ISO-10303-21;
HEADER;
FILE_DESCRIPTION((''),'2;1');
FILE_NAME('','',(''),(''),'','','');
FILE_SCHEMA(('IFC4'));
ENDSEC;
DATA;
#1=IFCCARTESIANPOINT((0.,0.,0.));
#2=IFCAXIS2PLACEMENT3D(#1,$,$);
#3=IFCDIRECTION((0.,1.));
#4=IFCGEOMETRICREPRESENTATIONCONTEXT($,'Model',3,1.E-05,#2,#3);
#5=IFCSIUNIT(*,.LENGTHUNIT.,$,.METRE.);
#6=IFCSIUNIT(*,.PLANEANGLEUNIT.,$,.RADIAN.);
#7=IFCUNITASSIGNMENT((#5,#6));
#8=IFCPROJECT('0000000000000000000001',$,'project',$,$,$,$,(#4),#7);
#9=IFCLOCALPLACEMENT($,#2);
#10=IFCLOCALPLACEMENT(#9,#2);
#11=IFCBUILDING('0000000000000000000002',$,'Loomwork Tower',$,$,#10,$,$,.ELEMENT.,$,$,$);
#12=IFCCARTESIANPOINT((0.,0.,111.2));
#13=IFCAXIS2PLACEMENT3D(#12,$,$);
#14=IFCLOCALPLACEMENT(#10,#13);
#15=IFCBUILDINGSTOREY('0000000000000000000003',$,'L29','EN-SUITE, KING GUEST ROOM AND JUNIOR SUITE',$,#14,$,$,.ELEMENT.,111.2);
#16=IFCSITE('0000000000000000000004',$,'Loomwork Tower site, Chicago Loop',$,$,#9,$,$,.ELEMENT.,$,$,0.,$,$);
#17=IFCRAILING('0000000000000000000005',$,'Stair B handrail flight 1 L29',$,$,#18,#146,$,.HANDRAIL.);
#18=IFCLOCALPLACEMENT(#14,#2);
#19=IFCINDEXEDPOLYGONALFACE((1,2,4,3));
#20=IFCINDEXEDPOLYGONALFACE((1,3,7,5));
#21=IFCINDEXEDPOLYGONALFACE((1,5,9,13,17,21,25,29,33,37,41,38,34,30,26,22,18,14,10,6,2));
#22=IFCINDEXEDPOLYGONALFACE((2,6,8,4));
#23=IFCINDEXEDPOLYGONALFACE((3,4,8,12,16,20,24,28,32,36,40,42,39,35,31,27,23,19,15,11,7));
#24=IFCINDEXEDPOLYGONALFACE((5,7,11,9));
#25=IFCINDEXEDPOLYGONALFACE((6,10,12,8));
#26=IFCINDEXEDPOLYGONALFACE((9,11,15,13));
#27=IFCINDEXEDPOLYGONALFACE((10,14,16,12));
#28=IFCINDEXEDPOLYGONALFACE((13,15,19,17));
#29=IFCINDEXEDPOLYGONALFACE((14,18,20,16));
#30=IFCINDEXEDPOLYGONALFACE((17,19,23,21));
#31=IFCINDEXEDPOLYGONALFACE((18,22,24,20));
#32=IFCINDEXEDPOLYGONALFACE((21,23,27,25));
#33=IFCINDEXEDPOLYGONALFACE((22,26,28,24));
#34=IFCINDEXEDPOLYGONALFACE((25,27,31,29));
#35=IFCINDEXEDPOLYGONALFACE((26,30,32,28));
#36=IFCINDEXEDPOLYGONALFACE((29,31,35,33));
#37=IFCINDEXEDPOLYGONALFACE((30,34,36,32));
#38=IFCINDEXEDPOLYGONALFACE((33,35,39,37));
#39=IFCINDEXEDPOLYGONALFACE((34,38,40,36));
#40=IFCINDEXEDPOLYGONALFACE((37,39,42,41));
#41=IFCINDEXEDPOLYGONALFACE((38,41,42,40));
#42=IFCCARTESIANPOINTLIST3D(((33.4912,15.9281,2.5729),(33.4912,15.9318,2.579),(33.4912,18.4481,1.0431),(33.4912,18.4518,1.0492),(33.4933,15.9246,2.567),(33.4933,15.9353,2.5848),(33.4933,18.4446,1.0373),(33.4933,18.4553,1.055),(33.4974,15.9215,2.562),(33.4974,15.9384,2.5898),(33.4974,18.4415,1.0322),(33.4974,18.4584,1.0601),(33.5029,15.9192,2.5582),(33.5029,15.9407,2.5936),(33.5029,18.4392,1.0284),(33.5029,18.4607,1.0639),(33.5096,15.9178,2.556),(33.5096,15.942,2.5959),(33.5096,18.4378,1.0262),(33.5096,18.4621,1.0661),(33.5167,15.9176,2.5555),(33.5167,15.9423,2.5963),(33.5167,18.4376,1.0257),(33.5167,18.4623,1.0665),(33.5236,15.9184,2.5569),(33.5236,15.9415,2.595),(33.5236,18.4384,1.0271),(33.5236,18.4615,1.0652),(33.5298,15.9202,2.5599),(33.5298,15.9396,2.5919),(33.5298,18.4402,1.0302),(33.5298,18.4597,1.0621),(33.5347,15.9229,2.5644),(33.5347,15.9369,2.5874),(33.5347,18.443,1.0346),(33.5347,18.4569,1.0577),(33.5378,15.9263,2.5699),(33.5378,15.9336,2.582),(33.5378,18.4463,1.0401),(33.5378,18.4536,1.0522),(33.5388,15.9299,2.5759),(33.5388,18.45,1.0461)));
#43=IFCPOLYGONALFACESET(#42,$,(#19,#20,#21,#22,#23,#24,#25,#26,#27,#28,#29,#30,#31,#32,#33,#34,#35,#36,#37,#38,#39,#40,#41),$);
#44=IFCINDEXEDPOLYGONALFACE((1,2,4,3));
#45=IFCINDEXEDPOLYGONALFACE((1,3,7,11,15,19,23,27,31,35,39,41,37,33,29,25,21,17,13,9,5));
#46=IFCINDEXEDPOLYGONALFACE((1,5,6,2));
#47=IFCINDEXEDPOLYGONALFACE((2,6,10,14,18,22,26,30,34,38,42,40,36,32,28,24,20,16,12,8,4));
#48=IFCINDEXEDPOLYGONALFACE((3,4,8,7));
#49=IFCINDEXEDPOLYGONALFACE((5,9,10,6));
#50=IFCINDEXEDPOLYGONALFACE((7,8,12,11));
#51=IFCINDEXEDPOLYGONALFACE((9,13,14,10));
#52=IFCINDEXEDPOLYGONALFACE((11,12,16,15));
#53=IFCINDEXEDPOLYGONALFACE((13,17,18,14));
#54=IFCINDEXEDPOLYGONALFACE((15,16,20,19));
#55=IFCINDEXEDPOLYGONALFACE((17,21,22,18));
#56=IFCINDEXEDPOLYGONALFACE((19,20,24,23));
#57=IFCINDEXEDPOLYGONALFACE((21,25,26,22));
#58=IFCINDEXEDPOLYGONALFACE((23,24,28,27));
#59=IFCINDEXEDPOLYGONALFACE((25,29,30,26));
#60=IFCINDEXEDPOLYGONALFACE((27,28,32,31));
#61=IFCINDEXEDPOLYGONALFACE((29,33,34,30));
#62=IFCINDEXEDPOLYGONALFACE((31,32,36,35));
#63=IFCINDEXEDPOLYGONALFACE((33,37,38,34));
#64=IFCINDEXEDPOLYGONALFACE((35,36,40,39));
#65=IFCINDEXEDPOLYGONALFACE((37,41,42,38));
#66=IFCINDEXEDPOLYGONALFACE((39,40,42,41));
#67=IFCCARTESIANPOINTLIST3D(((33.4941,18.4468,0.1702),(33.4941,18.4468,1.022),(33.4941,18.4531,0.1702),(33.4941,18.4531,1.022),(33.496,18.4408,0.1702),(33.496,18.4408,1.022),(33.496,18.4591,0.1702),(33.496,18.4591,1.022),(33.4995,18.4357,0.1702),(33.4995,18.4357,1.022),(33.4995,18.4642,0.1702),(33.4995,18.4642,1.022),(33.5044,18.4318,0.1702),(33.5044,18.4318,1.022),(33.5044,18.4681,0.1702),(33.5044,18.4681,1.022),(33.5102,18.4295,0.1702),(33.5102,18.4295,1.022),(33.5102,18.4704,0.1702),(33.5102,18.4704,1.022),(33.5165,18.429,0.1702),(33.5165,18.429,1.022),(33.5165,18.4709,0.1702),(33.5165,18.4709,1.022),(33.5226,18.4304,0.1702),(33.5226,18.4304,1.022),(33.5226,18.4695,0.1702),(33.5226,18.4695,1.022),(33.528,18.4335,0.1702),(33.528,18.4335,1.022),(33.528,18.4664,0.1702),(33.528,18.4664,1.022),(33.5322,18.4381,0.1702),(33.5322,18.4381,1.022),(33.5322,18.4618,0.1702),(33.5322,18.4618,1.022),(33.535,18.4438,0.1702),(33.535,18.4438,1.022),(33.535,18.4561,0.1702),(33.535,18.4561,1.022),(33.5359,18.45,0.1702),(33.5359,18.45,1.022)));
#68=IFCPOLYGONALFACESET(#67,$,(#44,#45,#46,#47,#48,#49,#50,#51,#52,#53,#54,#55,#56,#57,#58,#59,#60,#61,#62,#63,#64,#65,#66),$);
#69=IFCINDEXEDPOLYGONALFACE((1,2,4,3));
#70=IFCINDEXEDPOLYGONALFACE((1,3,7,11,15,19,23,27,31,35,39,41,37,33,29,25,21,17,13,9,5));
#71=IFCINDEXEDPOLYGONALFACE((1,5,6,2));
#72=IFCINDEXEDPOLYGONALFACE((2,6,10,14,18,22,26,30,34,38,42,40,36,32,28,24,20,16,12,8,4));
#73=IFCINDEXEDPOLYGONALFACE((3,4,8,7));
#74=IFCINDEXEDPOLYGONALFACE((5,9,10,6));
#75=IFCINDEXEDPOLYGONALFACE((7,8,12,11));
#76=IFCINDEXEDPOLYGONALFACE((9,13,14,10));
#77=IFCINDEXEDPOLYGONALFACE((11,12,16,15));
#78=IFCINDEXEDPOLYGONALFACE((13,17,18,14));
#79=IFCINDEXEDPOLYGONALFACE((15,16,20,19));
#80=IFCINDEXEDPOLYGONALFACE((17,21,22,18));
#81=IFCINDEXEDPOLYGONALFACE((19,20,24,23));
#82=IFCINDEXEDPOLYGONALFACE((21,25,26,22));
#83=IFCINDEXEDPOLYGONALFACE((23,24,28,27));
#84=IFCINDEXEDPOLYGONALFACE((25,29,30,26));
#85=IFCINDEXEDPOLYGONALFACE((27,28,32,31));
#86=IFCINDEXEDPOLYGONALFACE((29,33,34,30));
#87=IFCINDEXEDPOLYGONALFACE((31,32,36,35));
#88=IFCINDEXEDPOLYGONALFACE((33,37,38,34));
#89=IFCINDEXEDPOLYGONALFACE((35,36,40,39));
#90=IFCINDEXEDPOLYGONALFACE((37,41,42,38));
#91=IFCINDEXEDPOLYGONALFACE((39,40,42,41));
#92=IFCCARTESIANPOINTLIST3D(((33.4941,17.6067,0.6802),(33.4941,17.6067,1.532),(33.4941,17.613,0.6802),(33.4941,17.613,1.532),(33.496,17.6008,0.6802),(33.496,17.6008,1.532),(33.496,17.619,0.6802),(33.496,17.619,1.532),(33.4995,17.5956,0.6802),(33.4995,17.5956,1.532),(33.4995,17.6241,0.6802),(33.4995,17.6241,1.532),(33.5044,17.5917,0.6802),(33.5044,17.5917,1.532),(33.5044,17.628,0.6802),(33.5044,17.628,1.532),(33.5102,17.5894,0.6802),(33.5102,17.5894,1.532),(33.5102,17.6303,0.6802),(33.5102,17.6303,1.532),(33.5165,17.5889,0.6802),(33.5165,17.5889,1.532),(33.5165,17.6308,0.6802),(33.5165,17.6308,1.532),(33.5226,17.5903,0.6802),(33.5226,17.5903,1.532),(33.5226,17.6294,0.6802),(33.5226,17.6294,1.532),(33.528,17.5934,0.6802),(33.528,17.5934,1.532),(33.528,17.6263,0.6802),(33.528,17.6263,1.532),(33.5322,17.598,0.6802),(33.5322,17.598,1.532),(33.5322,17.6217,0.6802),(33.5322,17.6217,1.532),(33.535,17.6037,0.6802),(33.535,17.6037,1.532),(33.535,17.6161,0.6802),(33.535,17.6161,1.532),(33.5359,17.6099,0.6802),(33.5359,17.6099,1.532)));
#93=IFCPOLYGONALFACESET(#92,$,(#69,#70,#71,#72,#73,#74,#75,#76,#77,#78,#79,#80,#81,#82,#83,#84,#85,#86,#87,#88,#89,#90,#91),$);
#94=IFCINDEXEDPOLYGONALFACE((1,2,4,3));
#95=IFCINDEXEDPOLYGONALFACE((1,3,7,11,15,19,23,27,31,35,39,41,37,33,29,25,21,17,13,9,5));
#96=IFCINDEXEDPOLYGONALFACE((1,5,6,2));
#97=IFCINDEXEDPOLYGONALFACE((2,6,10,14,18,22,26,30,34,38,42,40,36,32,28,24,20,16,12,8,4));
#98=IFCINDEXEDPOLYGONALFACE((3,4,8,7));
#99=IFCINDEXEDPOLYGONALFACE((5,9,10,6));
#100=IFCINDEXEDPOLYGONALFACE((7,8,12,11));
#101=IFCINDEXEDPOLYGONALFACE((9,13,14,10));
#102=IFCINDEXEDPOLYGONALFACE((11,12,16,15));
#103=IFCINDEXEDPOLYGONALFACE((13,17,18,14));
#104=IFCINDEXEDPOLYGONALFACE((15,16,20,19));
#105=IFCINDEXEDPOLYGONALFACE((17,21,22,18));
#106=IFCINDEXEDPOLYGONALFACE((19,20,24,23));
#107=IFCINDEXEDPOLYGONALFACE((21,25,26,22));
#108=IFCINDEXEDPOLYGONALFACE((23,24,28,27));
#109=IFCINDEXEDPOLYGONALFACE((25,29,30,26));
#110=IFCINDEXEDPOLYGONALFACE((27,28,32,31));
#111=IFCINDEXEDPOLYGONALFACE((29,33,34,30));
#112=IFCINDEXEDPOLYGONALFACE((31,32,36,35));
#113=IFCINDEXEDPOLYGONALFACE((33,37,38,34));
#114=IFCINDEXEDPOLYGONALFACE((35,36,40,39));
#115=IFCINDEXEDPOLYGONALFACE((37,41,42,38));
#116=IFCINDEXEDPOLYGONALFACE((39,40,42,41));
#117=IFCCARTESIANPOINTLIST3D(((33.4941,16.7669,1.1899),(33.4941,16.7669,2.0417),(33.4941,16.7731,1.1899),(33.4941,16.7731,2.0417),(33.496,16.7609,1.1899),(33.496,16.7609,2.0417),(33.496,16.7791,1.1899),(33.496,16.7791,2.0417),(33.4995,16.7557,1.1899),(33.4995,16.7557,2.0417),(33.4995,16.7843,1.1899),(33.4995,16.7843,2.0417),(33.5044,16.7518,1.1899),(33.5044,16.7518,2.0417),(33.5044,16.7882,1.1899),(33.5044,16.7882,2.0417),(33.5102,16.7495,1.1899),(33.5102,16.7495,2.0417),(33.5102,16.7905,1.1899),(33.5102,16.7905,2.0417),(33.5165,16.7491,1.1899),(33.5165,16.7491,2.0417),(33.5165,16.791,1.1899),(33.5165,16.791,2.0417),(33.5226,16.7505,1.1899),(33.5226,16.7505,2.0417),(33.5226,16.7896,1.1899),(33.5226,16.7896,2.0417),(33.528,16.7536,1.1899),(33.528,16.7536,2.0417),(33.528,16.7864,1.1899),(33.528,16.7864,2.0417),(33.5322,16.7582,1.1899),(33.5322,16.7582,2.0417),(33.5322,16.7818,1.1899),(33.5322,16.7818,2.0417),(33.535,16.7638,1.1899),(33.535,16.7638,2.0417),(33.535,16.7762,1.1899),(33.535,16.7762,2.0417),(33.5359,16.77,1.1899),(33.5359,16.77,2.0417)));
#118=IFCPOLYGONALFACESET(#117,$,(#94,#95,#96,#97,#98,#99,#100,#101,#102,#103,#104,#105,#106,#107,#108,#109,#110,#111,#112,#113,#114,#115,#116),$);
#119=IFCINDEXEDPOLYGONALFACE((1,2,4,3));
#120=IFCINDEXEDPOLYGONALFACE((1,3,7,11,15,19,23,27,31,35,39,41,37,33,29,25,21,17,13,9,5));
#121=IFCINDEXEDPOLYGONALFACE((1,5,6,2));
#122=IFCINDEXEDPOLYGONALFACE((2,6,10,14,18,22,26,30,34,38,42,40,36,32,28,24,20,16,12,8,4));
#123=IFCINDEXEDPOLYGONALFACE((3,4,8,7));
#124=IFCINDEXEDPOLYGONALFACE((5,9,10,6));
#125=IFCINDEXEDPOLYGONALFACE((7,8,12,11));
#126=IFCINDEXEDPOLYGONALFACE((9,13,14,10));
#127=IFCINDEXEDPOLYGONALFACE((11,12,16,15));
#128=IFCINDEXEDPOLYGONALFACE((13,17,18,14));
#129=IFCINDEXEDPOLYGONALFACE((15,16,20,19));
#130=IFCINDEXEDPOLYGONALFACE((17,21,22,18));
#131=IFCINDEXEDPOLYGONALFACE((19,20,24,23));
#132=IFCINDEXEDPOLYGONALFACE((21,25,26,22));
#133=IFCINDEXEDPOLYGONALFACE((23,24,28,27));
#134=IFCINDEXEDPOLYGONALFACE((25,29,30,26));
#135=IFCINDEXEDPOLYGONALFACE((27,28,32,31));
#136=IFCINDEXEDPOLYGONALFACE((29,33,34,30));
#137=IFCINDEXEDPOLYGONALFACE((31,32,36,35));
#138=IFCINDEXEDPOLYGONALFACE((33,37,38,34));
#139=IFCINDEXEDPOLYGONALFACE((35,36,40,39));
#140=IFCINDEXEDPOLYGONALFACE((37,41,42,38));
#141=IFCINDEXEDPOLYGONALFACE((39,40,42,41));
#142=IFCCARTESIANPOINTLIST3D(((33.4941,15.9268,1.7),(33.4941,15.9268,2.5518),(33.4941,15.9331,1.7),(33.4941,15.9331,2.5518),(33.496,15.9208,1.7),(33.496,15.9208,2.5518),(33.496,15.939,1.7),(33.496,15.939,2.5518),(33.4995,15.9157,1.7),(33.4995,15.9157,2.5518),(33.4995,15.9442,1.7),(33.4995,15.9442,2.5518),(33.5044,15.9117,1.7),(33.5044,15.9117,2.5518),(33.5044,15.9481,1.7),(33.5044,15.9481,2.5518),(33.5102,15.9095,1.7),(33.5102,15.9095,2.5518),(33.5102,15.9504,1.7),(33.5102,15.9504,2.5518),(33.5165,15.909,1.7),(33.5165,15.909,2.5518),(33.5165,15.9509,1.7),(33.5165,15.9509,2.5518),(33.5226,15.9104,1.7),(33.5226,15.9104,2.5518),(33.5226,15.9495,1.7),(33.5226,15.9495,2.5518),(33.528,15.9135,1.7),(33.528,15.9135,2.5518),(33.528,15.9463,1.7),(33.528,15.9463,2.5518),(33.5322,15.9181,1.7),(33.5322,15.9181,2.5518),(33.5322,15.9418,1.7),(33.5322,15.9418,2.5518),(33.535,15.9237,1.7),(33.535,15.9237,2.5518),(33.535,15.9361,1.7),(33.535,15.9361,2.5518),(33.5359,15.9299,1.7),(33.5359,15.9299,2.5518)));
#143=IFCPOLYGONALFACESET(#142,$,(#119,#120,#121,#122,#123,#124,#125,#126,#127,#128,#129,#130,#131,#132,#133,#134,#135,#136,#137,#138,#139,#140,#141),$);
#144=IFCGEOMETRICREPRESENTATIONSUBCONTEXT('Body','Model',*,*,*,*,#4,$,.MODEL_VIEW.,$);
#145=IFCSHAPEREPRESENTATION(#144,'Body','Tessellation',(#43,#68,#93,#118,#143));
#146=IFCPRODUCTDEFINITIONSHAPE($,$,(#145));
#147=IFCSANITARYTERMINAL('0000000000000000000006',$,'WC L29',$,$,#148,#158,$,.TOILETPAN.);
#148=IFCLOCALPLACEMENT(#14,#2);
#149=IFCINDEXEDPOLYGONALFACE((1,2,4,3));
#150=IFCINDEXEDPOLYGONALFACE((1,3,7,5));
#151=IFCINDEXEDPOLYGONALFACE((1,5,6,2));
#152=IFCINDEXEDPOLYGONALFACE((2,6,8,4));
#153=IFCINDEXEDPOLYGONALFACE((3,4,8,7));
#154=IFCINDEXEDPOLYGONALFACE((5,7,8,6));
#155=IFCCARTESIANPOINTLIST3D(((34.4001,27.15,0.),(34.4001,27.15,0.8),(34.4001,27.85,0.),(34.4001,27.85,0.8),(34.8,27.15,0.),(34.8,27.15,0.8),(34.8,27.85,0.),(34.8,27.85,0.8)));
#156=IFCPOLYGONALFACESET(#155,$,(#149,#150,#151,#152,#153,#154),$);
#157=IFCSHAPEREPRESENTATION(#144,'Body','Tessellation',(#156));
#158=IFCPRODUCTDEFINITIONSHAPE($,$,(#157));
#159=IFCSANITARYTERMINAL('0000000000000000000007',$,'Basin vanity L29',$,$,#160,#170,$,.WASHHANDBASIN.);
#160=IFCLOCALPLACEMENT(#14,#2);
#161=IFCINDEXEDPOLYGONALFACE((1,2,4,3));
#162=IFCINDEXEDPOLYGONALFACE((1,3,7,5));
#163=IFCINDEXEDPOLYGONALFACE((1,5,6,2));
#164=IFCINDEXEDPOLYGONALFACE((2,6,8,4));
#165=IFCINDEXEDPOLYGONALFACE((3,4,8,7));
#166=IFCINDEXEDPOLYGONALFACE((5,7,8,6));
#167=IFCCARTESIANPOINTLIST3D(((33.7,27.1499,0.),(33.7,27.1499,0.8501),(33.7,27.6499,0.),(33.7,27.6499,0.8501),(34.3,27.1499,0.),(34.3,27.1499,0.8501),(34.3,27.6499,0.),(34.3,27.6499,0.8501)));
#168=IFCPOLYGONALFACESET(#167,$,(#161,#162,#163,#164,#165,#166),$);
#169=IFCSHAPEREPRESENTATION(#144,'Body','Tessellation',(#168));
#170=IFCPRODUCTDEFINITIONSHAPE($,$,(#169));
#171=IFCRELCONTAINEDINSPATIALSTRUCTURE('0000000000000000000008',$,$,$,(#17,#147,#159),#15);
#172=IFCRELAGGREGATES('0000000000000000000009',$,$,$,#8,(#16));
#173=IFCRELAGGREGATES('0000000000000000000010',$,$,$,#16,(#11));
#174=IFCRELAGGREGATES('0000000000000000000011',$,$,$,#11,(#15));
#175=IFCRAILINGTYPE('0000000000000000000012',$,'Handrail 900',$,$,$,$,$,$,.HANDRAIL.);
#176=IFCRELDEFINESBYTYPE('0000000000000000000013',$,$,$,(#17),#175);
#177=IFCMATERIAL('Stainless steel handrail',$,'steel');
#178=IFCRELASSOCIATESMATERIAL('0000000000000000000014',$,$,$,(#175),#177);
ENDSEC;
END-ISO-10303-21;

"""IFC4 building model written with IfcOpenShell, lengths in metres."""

from ifc_helpers import new_model, si_unit, direction, frame, origin, origin_2d, place, context, subcontext, project, spatial, rectangle, circle, extrude, material, type_object, element, save


model = new_model("IFC4")

# Units and contexts
model_context = context("Model", 3, precision=1e-05, world=origin(), true_north=direction((0.0, 1.0)))
body_context = subcontext(model_context, "Body", "Model", "MODEL_VIEW")
ifc_project = project(units=[si_unit("LENGTHUNIT", "METRE"), si_unit("PLANEANGLEUNIT", "RADIAN")], contexts=[model_context])

# Site, building, storey
site_placement = place(None, origin())
site = spatial("IfcSite", under=ifc_project, at=site_placement, Name="Loomwork Tower site, Chicago Loop", CompositionType="ELEMENT", RefElevation=0.0)
building_placement = place(site_placement, origin())
building = spatial("IfcBuilding", under=site, at=building_placement, Name="Loomwork Tower", CompositionType="ELEMENT")
storey_placement = place(building_placement, frame((0.0, 0.0, 111.2)))
storey = spatial("IfcBuildingStorey", under=building, at=storey_placement, Name="L29", Description="EN-SUITE, KING GUEST ROOM AND JUNIOR SUITE", CompositionType="ELEMENT", Elevation=111.2)

# Railing
ifc_material_1 = material(Name="Stainless steel handrail", Category="steel")
railing_type = type_object("IfcRailingType", Name="Handrail 900", PredefinedType="HANDRAIL", material=ifc_material_1)
railing_placement = place(storey_placement, frame((33.5149, 18.45, 0.1702)))
element("IfcRailing", 1, at=railing_placement, inside=storey, type_object=railing_type, Name="Stair B handrail flight 1 L29", PredefinedType="HANDRAIL", context=body_context, shape_type="SweptSolid", body=[
    extrude(circle(Radius=0.0239, at=origin_2d()), frame((0.0, 0.0, 0.876), z_axis=(0.0, -0.854822, 0.518922), x_axis=(1.0, 0.0, 0.0)), (0.0, 0.0, 1.0), 2.948),
    extrude(circle(Radius=0.021, at=origin_2d()), origin(), (0.0, 0.0, 1.0), 0.8518),
    extrude(circle(Radius=0.021, at=origin_2d()), frame((0.0, -0.8401, 0.51)), (0.0, 0.0, 1.0), 0.8518),
    extrude(circle(Radius=0.021, at=origin_2d()), frame((0.0, -1.6799, 1.0198)), (0.0, 0.0, 1.0), 0.8518),
    extrude(circle(Radius=0.021, at=origin_2d()), frame((0.0, -2.52, 1.5298)), (0.0, 0.0, 1.0), 0.8518),
])

# Sanitary terminals
sanitary_terminal_1_placement = place(storey_placement, frame((34.6001, 27.5, 0.0), z_axis=(0.0, 0.0, 1.0), x_axis=(1.0, 0.0, 0.0)))
element("IfcSanitaryTerminal", 2, at=sanitary_terminal_1_placement, inside=storey, Name="WC L29", PredefinedType="TOILETPAN", context=body_context, shape_type="SweptSolid", body=[
    extrude(rectangle(XDim=0.3999, YDim=0.7, at=origin_2d()), origin(), (0.0, 0.0, 1.0), 0.8),
])
sanitary_terminal_2_placement = place(storey_placement, frame((34.0, 27.3999, 0.0), z_axis=(0.0, 0.0, 1.0), x_axis=(1.0, 0.0, 0.0)))
element("IfcSanitaryTerminal", 3, at=sanitary_terminal_2_placement, inside=storey, Name="Basin vanity L29", PredefinedType="WASHHANDBASIN", context=body_context, shape_type="SweptSolid", body=[
    extrude(rectangle(XDim=0.6001, YDim=0.5, at=origin_2d()), origin(), (0.0, 0.0, 1.0), 0.8501),
])

save(model, "model.ifc")
